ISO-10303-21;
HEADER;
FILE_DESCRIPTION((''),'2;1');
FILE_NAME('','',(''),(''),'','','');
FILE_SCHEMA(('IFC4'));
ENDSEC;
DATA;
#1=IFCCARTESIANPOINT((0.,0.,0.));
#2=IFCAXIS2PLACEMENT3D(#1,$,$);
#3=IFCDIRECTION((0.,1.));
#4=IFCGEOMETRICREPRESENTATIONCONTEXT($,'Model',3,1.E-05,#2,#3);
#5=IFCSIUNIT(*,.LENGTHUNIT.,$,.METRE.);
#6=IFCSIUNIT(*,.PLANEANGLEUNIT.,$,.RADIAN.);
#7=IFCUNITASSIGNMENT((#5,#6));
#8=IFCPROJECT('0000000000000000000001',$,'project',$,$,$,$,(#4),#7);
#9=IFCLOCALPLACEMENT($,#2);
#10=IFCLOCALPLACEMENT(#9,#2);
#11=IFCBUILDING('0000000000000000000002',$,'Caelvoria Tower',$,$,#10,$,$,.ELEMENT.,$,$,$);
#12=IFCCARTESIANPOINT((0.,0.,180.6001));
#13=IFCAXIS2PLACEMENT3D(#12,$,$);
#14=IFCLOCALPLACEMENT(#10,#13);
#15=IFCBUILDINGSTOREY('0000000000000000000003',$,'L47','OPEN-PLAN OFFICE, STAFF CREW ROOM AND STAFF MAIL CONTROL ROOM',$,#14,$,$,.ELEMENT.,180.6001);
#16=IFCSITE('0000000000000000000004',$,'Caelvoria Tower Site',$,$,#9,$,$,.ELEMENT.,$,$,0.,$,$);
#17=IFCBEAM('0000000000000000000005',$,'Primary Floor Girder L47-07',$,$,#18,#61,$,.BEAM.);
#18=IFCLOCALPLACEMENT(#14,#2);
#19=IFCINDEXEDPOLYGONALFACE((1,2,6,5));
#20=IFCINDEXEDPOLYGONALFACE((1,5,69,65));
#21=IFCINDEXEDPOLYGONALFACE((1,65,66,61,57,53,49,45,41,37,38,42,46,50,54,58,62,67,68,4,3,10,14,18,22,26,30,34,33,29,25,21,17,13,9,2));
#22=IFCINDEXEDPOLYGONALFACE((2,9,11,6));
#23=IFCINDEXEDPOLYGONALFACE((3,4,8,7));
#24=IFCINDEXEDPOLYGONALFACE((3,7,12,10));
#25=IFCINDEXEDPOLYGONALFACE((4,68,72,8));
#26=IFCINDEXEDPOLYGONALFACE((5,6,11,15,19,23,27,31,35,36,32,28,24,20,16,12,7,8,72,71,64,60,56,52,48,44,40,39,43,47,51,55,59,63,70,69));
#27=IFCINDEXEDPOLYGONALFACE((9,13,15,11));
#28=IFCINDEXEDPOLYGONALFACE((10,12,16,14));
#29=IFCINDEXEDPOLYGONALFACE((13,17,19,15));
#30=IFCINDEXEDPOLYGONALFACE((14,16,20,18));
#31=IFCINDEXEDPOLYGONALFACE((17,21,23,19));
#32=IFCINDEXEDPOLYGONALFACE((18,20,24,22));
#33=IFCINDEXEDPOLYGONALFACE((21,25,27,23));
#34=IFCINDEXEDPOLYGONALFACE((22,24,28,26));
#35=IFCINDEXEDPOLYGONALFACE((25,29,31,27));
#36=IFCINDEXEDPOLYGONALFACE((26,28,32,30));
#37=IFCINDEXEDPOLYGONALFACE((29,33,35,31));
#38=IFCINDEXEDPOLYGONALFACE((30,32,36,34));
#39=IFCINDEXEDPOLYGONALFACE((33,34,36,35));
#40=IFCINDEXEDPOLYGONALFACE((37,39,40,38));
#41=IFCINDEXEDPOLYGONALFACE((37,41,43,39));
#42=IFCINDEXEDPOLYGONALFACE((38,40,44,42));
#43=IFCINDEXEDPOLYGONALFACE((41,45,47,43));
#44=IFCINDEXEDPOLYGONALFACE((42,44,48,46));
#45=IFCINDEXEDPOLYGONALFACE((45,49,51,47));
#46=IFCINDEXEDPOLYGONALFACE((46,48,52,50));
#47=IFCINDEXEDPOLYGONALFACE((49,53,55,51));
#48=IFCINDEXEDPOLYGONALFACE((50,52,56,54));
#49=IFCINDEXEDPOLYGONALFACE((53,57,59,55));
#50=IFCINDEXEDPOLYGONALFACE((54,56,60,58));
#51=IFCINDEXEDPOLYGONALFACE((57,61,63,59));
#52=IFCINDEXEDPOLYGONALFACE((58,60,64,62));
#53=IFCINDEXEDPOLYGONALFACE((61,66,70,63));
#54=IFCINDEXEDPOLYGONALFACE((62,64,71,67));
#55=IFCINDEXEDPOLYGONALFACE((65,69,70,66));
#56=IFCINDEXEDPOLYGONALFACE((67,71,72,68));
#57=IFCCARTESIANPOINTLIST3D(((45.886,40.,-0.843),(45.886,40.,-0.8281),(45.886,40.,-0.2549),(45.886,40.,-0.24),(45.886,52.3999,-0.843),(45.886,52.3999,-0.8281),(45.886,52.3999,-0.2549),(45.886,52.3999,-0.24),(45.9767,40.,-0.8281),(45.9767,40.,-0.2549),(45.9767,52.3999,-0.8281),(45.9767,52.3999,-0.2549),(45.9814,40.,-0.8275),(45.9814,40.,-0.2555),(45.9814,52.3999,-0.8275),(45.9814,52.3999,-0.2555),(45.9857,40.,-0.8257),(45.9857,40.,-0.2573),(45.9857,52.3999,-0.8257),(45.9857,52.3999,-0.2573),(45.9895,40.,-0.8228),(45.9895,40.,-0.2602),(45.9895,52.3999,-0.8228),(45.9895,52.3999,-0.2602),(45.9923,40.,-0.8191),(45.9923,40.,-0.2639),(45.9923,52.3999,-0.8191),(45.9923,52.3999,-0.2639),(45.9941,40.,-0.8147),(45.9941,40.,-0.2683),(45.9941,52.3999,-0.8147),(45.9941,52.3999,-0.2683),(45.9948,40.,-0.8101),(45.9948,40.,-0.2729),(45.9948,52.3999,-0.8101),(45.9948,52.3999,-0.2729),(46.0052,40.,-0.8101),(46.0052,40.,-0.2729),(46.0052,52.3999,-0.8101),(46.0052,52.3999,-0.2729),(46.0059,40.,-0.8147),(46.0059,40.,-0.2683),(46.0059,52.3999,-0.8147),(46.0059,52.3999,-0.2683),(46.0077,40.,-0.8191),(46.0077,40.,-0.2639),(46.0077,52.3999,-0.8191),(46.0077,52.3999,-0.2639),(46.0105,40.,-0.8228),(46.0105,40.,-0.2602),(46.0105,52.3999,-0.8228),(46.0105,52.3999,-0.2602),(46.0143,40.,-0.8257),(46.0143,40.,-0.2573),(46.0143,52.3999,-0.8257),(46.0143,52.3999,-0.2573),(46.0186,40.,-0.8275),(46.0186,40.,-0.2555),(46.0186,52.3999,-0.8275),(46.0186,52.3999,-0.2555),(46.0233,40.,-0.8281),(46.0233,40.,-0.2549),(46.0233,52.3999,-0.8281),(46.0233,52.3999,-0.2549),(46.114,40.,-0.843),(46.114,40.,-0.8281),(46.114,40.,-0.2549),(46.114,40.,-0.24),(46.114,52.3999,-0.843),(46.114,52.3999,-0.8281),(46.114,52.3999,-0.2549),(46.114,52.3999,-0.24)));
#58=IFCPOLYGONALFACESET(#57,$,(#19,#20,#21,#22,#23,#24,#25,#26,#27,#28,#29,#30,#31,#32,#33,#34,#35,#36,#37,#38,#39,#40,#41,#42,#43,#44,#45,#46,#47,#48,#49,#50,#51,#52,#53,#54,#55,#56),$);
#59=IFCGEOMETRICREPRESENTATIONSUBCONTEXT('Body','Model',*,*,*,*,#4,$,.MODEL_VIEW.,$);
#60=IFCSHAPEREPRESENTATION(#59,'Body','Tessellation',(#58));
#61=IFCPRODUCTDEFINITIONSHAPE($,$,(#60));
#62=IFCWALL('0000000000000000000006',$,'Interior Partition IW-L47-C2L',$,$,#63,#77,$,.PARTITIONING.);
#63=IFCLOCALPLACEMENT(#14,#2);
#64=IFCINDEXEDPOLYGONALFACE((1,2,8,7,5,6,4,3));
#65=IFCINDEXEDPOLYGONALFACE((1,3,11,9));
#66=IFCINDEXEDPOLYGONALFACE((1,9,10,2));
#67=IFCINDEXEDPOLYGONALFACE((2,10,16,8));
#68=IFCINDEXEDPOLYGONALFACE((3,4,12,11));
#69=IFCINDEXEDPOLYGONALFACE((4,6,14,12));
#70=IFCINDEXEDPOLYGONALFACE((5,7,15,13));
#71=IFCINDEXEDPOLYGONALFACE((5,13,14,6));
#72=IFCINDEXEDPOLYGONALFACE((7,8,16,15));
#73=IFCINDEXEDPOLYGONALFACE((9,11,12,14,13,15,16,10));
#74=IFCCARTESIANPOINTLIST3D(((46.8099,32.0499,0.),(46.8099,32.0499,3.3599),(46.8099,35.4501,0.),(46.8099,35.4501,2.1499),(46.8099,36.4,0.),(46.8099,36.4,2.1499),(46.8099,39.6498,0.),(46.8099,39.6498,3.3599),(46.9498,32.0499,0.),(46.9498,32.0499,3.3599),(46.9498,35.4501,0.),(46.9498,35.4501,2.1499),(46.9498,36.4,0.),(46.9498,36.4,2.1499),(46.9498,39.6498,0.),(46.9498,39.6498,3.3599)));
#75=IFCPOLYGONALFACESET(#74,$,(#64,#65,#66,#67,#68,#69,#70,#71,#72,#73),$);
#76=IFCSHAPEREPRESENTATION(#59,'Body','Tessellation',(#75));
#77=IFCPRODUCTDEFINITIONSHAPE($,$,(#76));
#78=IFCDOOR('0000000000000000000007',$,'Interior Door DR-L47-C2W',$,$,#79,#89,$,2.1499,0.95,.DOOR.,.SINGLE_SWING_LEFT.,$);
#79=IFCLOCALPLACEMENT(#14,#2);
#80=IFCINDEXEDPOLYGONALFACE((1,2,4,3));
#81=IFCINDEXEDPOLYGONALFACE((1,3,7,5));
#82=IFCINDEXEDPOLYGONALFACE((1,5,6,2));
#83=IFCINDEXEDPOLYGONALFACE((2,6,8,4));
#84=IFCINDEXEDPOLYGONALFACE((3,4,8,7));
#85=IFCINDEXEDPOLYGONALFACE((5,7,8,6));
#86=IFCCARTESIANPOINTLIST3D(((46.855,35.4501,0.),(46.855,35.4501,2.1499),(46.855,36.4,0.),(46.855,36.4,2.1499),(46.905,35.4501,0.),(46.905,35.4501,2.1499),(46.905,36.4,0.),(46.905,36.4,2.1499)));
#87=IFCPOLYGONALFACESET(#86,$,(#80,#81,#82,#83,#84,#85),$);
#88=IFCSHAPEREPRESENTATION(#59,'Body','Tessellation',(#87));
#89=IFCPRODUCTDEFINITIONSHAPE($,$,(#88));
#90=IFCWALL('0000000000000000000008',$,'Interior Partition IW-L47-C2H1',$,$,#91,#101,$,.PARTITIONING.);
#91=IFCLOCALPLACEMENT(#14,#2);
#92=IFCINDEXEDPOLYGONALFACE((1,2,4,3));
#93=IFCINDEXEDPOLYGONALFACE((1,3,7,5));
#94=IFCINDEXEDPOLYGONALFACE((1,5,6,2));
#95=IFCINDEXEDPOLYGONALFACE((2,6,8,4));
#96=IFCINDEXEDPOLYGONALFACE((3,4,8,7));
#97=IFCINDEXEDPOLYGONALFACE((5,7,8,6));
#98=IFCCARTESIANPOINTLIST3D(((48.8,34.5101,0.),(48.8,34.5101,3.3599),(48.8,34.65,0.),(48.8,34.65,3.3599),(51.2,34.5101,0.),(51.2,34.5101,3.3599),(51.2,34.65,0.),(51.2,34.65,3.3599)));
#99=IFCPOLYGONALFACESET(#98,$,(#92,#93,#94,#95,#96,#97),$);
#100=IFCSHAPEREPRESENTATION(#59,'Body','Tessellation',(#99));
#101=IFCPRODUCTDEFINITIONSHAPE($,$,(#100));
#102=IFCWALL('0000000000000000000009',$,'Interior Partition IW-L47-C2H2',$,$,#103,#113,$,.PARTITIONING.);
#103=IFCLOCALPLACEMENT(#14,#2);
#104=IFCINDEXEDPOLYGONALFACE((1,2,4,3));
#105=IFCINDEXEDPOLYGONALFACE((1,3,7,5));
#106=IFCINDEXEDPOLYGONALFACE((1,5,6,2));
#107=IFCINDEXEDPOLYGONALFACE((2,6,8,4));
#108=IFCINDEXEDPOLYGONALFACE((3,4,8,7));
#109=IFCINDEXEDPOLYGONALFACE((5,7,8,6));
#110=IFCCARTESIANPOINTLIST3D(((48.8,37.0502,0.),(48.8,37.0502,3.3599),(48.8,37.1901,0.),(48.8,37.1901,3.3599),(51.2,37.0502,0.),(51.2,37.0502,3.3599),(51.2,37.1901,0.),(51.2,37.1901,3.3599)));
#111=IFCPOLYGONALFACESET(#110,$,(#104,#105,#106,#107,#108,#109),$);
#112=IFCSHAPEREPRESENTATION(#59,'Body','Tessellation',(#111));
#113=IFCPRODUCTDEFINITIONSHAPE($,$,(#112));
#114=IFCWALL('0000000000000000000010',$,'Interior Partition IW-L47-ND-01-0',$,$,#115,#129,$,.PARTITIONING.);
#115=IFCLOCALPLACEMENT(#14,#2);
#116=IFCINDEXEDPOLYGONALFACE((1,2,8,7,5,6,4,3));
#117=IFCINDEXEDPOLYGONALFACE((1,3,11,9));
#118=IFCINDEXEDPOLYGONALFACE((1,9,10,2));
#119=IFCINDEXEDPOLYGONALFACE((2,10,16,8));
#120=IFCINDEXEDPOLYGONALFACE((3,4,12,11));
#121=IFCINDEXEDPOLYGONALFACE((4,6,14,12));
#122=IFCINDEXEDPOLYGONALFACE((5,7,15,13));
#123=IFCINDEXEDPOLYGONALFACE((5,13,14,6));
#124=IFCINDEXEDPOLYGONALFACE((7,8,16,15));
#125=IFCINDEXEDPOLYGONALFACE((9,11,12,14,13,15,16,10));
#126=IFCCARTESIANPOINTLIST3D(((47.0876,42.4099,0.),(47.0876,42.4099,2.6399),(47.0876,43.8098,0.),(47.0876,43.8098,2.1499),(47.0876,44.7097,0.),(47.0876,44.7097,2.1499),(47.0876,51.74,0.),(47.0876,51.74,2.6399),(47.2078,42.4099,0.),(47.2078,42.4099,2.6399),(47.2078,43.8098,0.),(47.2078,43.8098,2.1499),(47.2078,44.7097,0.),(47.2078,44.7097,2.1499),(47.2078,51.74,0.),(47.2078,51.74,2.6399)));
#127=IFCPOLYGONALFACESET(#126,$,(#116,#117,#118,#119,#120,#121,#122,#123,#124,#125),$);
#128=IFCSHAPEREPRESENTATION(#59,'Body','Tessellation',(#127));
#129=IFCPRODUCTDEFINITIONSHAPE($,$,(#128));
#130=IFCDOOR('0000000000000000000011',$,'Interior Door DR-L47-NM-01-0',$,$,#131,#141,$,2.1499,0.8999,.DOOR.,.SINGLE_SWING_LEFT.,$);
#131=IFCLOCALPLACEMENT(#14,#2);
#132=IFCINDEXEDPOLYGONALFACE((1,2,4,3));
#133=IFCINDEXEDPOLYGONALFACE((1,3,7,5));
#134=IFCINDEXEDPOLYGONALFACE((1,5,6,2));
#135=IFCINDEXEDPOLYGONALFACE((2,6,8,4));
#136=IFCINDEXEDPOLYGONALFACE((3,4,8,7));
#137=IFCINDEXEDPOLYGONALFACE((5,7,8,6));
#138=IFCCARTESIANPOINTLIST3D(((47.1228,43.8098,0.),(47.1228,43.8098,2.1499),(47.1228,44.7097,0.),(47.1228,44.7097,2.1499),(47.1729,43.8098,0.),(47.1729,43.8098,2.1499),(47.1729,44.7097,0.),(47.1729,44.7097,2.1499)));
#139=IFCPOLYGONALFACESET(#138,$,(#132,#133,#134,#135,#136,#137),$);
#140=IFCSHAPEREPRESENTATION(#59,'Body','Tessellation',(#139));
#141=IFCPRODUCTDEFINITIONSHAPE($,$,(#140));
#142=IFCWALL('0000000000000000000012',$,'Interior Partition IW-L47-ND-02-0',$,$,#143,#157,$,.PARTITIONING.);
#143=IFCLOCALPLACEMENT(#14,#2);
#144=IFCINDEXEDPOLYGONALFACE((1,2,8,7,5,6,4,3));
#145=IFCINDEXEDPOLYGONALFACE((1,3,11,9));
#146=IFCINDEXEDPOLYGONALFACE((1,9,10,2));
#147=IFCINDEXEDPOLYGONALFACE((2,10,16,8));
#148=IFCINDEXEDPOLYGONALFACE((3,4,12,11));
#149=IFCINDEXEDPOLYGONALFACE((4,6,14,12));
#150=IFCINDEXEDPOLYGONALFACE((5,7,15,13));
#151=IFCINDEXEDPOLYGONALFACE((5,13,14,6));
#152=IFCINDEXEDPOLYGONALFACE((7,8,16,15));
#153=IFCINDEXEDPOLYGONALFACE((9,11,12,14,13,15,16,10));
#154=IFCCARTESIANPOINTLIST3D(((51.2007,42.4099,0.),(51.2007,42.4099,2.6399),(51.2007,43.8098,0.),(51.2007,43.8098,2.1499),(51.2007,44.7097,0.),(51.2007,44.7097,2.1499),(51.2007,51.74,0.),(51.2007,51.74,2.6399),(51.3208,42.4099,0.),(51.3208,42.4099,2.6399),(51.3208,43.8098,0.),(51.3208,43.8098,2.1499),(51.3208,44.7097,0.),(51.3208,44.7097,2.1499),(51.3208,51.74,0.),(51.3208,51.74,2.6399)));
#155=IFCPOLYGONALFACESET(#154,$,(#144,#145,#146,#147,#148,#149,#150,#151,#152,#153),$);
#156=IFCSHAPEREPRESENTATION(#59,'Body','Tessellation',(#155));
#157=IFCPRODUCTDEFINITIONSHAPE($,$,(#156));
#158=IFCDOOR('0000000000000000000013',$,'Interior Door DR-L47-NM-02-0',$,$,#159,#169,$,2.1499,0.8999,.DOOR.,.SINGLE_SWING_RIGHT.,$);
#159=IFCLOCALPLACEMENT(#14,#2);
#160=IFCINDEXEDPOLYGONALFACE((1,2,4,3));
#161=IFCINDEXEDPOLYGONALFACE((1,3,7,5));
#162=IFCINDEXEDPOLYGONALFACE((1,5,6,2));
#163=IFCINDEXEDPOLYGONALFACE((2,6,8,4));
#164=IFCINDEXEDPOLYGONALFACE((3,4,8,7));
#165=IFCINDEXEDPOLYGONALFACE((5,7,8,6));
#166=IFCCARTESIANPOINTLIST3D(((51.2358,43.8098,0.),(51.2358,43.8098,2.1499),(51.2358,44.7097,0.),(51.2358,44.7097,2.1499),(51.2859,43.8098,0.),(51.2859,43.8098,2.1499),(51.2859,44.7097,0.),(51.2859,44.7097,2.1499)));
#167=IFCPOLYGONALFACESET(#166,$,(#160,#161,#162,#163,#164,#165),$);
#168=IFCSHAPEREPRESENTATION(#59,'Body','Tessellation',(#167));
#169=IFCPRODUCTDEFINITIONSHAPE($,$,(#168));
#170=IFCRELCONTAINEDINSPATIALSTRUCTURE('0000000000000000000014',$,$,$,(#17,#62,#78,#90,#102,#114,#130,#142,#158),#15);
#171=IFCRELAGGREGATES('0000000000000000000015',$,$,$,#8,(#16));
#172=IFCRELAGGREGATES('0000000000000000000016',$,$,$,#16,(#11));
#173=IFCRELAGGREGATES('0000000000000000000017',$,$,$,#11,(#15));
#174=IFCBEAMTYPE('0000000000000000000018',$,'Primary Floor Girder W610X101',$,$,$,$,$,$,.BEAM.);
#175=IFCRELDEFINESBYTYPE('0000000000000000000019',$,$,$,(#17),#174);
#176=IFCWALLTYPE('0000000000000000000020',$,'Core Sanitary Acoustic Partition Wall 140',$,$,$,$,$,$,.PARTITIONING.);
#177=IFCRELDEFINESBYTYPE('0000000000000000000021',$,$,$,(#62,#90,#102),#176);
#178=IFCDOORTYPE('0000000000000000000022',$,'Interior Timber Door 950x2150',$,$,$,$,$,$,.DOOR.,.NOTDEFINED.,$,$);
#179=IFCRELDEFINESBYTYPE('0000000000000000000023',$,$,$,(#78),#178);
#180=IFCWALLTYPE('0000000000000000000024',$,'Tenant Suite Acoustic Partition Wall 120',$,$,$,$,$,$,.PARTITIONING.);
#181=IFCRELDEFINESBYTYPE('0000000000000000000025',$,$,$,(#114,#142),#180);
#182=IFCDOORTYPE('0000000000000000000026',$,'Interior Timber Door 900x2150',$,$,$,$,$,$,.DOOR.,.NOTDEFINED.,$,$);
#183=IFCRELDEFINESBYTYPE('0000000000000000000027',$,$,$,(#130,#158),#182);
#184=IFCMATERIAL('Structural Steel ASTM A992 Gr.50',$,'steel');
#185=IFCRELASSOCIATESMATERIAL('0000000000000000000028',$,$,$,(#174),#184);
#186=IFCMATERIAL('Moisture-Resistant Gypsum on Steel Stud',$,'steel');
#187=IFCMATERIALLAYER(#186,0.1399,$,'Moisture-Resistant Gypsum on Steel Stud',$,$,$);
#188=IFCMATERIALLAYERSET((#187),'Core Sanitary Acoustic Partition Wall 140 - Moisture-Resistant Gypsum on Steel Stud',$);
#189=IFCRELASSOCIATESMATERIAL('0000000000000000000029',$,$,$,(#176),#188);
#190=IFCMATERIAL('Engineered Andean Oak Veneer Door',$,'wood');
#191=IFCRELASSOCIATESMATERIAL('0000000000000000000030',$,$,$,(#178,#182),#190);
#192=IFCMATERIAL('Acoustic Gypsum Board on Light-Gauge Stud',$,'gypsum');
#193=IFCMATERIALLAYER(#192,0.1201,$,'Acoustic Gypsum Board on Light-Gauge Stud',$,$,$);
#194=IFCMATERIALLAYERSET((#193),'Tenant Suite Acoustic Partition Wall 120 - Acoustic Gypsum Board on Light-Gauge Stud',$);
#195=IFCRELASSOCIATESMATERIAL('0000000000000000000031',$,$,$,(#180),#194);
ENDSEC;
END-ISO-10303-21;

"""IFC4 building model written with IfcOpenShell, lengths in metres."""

from ifc_helpers import new_model, si_unit, direction, frame, frame_2d, origin, origin_2d, place, context, subcontext, project, spatial, rectangle, i_section, extrude, material, layer, layer_set, material_profile, profile_set, type_object, element, fill, save


model = new_model("IFC4")

# Units and contexts
model_context = context("Model", 3, precision=1e-05, world=origin(), true_north=direction((0.0, 1.0)))
body_context = subcontext(model_context, "Body", "Model", "MODEL_VIEW")
ifc_project = project(units=[si_unit("LENGTHUNIT", "METRE"), si_unit("PLANEANGLEUNIT", "RADIAN")], contexts=[model_context])

# Site, building, storey
site_placement = place(None, origin())
site = spatial("IfcSite", under=ifc_project, at=site_placement, Name="Caelvoria Tower Site", CompositionType="ELEMENT", RefElevation=0.0)
building_placement = place(site_placement, origin())
building = spatial("IfcBuilding", under=site, at=building_placement, Name="Caelvoria Tower", CompositionType="ELEMENT")
storey_placement = place(building_placement, frame((0.0, 0.0, 180.6001)))
storey = spatial("IfcBuildingStorey", under=building, at=storey_placement, Name="L47", Description="OPEN-PLAN OFFICE, STAFF CREW ROOM AND STAFF MAIL CONTROL ROOM", CompositionType="ELEMENT", Elevation=180.6001)

# Beam
ifc_material_1 = material(Name="Structural Steel ASTM A992 Gr.50", Category="steel")
ifc_material_profile_1 = material_profile(ifc_material_1, i_section(OverallWidth=0.228, OverallDepth=0.603, WebThickness=0.0105, FlangeThickness=0.0149, FilletRadius=0.0181, at=origin_2d()), Name="Structural Steel ASTM A992 Gr.50")
ifc_profile_set_1 = profile_set([ifc_material_profile_1], Name="W610X101 - Structural Steel ASTM A992 Gr.50")
beam_type_1 = type_object("IfcBeamType", Name="Primary Floor Girder W610X101", PredefinedType="BEAM", material=ifc_profile_set_1)
beam_1_placement = place(storey_placement, frame((46.0, 40.0, -0.5415), z_axis=(0.0, 1.0, 0.0), x_axis=(-1.0, 0.0, 0.0)))
element("IfcBeam", 1, at=beam_1_placement, inside=storey, type_object=beam_type_1, Name="Primary Floor Girder L47-07", PredefinedType="BEAM", context=body_context, shape_type="SweptSolid", body=[
    extrude(i_section(OverallWidth=0.228, OverallDepth=0.603, WebThickness=0.0105, FlangeThickness=0.0149, FilletRadius=0.0181, at=origin_2d()), origin(), (0.0, 0.0, 1.0), 12.3999),
])

# Wall, opening, door
ifc_material_2 = material(Name="Moisture-Resistant Gypsum on Steel Stud", Category="steel")
ifc_layer_1 = layer(ifc_material_2, 0.1399, Name="Moisture-Resistant Gypsum on Steel Stud")
ifc_layer_set_1 = layer_set([ifc_layer_1], Name="Core Sanitary Acoustic Partition Wall 140 - Moisture-Resistant Gypsum on Steel Stud")
wall_type_1 = type_object("IfcWallType", Name="Core Sanitary Acoustic Partition Wall 140", PredefinedType="PARTITIONING", material=ifc_layer_set_1)
wall_1_placement = place(storey_placement, frame((46.8799, 32.05, 0.0), z_axis=(0.0, 0.0, 1.0), x_axis=(0.0, 1.0, 0.0)))
wall_1 = element("IfcWall", 2, at=wall_1_placement, inside=storey, type_object=wall_type_1, Name="Interior Partition IW-L47-C2L", PredefinedType="PARTITIONING", context=body_context, shape_type="SweptSolid", body=[
    extrude(rectangle(XDim=7.5999, YDim=0.1399, at=frame_2d((3.7998, 0.0))), origin(), (0.0, 0.0, 1.0), 3.3599),
])
opening_1_placement = place(wall_1_placement, frame((3.3999, 0.0, 0.0)))
opening_1 = element("IfcOpeningElement", 3, at=opening_1_placement, cuts=wall_1, PredefinedType="OPENING", context=body_context, shape_type="SweptSolid", body=[
    extrude(rectangle(XDim=0.95, YDim=2.1499, at=frame_2d((0.4751, 1.075))), frame((0.0, 0.0798, 0.0), z_axis=(0.0, -1.0, 0.0), x_axis=(1.0, 0.0, 0.0)), (0.0, 0.0, 1.0), 0.1599),
])
ifc_material_3 = material(Name="Engineered Andean Oak Veneer Door", Category="wood")
door_type_1 = type_object("IfcDoorType", Name="Interior Timber Door 950x2150", OperationType="NOTDEFINED", PredefinedType="DOOR", material=ifc_material_3)
door_1_placement = place(opening_1_placement, origin())
door_1 = element("IfcDoor", 4, at=door_1_placement, inside=storey, type_object=door_type_1, Name="Interior Door DR-L47-C2W", OperationType="SINGLE_SWING_LEFT", OverallHeight=2.1499, OverallWidth=0.95, PredefinedType="DOOR", context=body_context, shape_type="SweptSolid", body=[
    extrude(rectangle(XDim=0.95, YDim=2.1499, at=frame_2d((0.4751, 1.075))), frame((0.0, 0.0249, 0.0), z_axis=(0.0, -1.0, 0.0), x_axis=(1.0, 0.0, 0.0)), (0.0, 0.0, 1.0), 0.05),
])
fill(opening_1, door_1)

# Shared definitions
door_type_2 = type_object("IfcDoorType", Name="Interior Timber Door 900x2150", OperationType="NOTDEFINED", PredefinedType="DOOR", material=ifc_material_3)

# Walls
for number, where, z_axis, x_axis, name in (
    (5, (48.8, 34.5801, 0.0), (0.0, 0.0, 1.0), (1.0, 0.0, 0.0), "Interior Partition IW-L47-C2H1"),
    (6, (48.8, 37.1201, 0.0), (0.0, 0.0, 1.0), (1.0, 0.0, 0.0), "Interior Partition IW-L47-C2H2"),
):
    element("IfcWall", number, at=place(storey_placement, frame(where, z_axis=z_axis, x_axis=x_axis)), inside=storey, type_object=wall_type_1, Name=name, PredefinedType="PARTITIONING", context=body_context, shape_type="SweptSolid", body=[
        extrude(rectangle(XDim=2.3999, YDim=0.1399, at=frame_2d((1.2, 0.0))), origin(), (0.0, 0.0, 1.0), 3.3599),
    ])

# Walls, openings, doors
ifc_material_4 = material(Name="Acoustic Gypsum Board on Light-Gauge Stud", Category="gypsum")
ifc_layer_2 = layer(ifc_material_4, 0.1201, Name="Acoustic Gypsum Board on Light-Gauge Stud")
ifc_layer_set_2 = layer_set([ifc_layer_2], Name="Tenant Suite Acoustic Partition Wall 120 - Acoustic Gypsum Board on Light-Gauge Stud")
wall_type_2 = type_object("IfcWallType", Name="Tenant Suite Acoustic Partition Wall 120", PredefinedType="PARTITIONING", material=ifc_layer_set_2)
wall_2_placement = place(storey_placement, frame((47.1477, 42.4099, 0.0), z_axis=(0.0, 0.0, 1.0), x_axis=(0.0, 1.0, 0.0)))
wall_2 = element("IfcWall", 7, at=wall_2_placement, inside=storey, type_object=wall_type_2, Name="Interior Partition IW-L47-ND-01-0", PredefinedType="PARTITIONING", context=body_context, shape_type="SweptSolid", body=[
    extrude(rectangle(XDim=9.3301, YDim=0.1201, at=frame_2d((4.665, 0.0))), origin(), (0.0, 0.0, 1.0), 2.6399),
])
opening_2_placement = place(wall_2_placement, frame((1.3999, 0.0, 0.0)))
opening_2 = element("IfcOpeningElement", 8, at=opening_2_placement, cuts=wall_2, PredefinedType="OPENING", context=body_context, shape_type="SweptSolid", body=[
    extrude(rectangle(XDim=0.8999, YDim=2.1499, at=frame_2d((0.45, 1.075))), frame((0.0, 0.0701, 0.0), z_axis=(0.0, -1.0, 0.0), x_axis=(1.0, 0.0, 0.0)), (0.0, 0.0, 1.0), 0.1401),
])
door_2_placement = place(opening_2_placement, origin())
door_2 = element("IfcDoor", 9, at=door_2_placement, inside=storey, type_object=door_type_2, Name="Interior Door DR-L47-NM-01-0", OperationType="SINGLE_SWING_LEFT", OverallHeight=2.1499, OverallWidth=0.8999, PredefinedType="DOOR", context=body_context, shape_type="SweptSolid", body=[
    extrude(rectangle(XDim=0.8999, YDim=2.1499, at=frame_2d((0.45, 1.075))), frame((0.0, 0.0249, 0.0), z_axis=(0.0, -1.0, 0.0), x_axis=(1.0, 0.0, 0.0)), (0.0, 0.0, 1.0), 0.05),
])
fill(opening_2, door_2)
wall_3_placement = place(storey_placement, frame((51.2607, 42.4099, 0.0), z_axis=(0.0, 0.0, 1.0), x_axis=(0.0, 1.0, 0.0)))
wall_3 = element("IfcWall", 10, at=wall_3_placement, inside=storey, type_object=wall_type_2, Name="Interior Partition IW-L47-ND-02-0", PredefinedType="PARTITIONING", context=body_context, shape_type="SweptSolid", body=[
    extrude(rectangle(XDim=9.3301, YDim=0.1201, at=frame_2d((4.665, 0.0))), origin(), (0.0, 0.0, 1.0), 2.6399),
])
opening_3_placement = place(wall_3_placement, frame((1.3999, 0.0, 0.0)))
opening_3 = element("IfcOpeningElement", 11, at=opening_3_placement, cuts=wall_3, PredefinedType="OPENING", context=body_context, shape_type="SweptSolid", body=[
    extrude(rectangle(XDim=0.8999, YDim=2.1499, at=frame_2d((0.45, 1.075))), frame((0.0, 0.0701, 0.0), z_axis=(0.0, -1.0, 0.0), x_axis=(1.0, 0.0, 0.0)), (0.0, 0.0, 1.0), 0.1401),
])
door_3_placement = place(opening_3_placement, origin())
door_3 = element("IfcDoor", 12, at=door_3_placement, inside=storey, type_object=door_type_2, Name="Interior Door DR-L47-NM-02-0", OperationType="SINGLE_SWING_RIGHT", OverallHeight=2.1499, OverallWidth=0.8999, PredefinedType="DOOR", context=body_context, shape_type="SweptSolid", body=[
    extrude(rectangle(XDim=0.8999, YDim=2.1499, at=frame_2d((0.45, 1.075))), frame((0.0, 0.0249, 0.0), z_axis=(0.0, -1.0, 0.0), x_axis=(1.0, 0.0, 0.0)), (0.0, 0.0, 1.0), 0.05),
])
fill(opening_3, door_3)

save(model, "model.ifc")
